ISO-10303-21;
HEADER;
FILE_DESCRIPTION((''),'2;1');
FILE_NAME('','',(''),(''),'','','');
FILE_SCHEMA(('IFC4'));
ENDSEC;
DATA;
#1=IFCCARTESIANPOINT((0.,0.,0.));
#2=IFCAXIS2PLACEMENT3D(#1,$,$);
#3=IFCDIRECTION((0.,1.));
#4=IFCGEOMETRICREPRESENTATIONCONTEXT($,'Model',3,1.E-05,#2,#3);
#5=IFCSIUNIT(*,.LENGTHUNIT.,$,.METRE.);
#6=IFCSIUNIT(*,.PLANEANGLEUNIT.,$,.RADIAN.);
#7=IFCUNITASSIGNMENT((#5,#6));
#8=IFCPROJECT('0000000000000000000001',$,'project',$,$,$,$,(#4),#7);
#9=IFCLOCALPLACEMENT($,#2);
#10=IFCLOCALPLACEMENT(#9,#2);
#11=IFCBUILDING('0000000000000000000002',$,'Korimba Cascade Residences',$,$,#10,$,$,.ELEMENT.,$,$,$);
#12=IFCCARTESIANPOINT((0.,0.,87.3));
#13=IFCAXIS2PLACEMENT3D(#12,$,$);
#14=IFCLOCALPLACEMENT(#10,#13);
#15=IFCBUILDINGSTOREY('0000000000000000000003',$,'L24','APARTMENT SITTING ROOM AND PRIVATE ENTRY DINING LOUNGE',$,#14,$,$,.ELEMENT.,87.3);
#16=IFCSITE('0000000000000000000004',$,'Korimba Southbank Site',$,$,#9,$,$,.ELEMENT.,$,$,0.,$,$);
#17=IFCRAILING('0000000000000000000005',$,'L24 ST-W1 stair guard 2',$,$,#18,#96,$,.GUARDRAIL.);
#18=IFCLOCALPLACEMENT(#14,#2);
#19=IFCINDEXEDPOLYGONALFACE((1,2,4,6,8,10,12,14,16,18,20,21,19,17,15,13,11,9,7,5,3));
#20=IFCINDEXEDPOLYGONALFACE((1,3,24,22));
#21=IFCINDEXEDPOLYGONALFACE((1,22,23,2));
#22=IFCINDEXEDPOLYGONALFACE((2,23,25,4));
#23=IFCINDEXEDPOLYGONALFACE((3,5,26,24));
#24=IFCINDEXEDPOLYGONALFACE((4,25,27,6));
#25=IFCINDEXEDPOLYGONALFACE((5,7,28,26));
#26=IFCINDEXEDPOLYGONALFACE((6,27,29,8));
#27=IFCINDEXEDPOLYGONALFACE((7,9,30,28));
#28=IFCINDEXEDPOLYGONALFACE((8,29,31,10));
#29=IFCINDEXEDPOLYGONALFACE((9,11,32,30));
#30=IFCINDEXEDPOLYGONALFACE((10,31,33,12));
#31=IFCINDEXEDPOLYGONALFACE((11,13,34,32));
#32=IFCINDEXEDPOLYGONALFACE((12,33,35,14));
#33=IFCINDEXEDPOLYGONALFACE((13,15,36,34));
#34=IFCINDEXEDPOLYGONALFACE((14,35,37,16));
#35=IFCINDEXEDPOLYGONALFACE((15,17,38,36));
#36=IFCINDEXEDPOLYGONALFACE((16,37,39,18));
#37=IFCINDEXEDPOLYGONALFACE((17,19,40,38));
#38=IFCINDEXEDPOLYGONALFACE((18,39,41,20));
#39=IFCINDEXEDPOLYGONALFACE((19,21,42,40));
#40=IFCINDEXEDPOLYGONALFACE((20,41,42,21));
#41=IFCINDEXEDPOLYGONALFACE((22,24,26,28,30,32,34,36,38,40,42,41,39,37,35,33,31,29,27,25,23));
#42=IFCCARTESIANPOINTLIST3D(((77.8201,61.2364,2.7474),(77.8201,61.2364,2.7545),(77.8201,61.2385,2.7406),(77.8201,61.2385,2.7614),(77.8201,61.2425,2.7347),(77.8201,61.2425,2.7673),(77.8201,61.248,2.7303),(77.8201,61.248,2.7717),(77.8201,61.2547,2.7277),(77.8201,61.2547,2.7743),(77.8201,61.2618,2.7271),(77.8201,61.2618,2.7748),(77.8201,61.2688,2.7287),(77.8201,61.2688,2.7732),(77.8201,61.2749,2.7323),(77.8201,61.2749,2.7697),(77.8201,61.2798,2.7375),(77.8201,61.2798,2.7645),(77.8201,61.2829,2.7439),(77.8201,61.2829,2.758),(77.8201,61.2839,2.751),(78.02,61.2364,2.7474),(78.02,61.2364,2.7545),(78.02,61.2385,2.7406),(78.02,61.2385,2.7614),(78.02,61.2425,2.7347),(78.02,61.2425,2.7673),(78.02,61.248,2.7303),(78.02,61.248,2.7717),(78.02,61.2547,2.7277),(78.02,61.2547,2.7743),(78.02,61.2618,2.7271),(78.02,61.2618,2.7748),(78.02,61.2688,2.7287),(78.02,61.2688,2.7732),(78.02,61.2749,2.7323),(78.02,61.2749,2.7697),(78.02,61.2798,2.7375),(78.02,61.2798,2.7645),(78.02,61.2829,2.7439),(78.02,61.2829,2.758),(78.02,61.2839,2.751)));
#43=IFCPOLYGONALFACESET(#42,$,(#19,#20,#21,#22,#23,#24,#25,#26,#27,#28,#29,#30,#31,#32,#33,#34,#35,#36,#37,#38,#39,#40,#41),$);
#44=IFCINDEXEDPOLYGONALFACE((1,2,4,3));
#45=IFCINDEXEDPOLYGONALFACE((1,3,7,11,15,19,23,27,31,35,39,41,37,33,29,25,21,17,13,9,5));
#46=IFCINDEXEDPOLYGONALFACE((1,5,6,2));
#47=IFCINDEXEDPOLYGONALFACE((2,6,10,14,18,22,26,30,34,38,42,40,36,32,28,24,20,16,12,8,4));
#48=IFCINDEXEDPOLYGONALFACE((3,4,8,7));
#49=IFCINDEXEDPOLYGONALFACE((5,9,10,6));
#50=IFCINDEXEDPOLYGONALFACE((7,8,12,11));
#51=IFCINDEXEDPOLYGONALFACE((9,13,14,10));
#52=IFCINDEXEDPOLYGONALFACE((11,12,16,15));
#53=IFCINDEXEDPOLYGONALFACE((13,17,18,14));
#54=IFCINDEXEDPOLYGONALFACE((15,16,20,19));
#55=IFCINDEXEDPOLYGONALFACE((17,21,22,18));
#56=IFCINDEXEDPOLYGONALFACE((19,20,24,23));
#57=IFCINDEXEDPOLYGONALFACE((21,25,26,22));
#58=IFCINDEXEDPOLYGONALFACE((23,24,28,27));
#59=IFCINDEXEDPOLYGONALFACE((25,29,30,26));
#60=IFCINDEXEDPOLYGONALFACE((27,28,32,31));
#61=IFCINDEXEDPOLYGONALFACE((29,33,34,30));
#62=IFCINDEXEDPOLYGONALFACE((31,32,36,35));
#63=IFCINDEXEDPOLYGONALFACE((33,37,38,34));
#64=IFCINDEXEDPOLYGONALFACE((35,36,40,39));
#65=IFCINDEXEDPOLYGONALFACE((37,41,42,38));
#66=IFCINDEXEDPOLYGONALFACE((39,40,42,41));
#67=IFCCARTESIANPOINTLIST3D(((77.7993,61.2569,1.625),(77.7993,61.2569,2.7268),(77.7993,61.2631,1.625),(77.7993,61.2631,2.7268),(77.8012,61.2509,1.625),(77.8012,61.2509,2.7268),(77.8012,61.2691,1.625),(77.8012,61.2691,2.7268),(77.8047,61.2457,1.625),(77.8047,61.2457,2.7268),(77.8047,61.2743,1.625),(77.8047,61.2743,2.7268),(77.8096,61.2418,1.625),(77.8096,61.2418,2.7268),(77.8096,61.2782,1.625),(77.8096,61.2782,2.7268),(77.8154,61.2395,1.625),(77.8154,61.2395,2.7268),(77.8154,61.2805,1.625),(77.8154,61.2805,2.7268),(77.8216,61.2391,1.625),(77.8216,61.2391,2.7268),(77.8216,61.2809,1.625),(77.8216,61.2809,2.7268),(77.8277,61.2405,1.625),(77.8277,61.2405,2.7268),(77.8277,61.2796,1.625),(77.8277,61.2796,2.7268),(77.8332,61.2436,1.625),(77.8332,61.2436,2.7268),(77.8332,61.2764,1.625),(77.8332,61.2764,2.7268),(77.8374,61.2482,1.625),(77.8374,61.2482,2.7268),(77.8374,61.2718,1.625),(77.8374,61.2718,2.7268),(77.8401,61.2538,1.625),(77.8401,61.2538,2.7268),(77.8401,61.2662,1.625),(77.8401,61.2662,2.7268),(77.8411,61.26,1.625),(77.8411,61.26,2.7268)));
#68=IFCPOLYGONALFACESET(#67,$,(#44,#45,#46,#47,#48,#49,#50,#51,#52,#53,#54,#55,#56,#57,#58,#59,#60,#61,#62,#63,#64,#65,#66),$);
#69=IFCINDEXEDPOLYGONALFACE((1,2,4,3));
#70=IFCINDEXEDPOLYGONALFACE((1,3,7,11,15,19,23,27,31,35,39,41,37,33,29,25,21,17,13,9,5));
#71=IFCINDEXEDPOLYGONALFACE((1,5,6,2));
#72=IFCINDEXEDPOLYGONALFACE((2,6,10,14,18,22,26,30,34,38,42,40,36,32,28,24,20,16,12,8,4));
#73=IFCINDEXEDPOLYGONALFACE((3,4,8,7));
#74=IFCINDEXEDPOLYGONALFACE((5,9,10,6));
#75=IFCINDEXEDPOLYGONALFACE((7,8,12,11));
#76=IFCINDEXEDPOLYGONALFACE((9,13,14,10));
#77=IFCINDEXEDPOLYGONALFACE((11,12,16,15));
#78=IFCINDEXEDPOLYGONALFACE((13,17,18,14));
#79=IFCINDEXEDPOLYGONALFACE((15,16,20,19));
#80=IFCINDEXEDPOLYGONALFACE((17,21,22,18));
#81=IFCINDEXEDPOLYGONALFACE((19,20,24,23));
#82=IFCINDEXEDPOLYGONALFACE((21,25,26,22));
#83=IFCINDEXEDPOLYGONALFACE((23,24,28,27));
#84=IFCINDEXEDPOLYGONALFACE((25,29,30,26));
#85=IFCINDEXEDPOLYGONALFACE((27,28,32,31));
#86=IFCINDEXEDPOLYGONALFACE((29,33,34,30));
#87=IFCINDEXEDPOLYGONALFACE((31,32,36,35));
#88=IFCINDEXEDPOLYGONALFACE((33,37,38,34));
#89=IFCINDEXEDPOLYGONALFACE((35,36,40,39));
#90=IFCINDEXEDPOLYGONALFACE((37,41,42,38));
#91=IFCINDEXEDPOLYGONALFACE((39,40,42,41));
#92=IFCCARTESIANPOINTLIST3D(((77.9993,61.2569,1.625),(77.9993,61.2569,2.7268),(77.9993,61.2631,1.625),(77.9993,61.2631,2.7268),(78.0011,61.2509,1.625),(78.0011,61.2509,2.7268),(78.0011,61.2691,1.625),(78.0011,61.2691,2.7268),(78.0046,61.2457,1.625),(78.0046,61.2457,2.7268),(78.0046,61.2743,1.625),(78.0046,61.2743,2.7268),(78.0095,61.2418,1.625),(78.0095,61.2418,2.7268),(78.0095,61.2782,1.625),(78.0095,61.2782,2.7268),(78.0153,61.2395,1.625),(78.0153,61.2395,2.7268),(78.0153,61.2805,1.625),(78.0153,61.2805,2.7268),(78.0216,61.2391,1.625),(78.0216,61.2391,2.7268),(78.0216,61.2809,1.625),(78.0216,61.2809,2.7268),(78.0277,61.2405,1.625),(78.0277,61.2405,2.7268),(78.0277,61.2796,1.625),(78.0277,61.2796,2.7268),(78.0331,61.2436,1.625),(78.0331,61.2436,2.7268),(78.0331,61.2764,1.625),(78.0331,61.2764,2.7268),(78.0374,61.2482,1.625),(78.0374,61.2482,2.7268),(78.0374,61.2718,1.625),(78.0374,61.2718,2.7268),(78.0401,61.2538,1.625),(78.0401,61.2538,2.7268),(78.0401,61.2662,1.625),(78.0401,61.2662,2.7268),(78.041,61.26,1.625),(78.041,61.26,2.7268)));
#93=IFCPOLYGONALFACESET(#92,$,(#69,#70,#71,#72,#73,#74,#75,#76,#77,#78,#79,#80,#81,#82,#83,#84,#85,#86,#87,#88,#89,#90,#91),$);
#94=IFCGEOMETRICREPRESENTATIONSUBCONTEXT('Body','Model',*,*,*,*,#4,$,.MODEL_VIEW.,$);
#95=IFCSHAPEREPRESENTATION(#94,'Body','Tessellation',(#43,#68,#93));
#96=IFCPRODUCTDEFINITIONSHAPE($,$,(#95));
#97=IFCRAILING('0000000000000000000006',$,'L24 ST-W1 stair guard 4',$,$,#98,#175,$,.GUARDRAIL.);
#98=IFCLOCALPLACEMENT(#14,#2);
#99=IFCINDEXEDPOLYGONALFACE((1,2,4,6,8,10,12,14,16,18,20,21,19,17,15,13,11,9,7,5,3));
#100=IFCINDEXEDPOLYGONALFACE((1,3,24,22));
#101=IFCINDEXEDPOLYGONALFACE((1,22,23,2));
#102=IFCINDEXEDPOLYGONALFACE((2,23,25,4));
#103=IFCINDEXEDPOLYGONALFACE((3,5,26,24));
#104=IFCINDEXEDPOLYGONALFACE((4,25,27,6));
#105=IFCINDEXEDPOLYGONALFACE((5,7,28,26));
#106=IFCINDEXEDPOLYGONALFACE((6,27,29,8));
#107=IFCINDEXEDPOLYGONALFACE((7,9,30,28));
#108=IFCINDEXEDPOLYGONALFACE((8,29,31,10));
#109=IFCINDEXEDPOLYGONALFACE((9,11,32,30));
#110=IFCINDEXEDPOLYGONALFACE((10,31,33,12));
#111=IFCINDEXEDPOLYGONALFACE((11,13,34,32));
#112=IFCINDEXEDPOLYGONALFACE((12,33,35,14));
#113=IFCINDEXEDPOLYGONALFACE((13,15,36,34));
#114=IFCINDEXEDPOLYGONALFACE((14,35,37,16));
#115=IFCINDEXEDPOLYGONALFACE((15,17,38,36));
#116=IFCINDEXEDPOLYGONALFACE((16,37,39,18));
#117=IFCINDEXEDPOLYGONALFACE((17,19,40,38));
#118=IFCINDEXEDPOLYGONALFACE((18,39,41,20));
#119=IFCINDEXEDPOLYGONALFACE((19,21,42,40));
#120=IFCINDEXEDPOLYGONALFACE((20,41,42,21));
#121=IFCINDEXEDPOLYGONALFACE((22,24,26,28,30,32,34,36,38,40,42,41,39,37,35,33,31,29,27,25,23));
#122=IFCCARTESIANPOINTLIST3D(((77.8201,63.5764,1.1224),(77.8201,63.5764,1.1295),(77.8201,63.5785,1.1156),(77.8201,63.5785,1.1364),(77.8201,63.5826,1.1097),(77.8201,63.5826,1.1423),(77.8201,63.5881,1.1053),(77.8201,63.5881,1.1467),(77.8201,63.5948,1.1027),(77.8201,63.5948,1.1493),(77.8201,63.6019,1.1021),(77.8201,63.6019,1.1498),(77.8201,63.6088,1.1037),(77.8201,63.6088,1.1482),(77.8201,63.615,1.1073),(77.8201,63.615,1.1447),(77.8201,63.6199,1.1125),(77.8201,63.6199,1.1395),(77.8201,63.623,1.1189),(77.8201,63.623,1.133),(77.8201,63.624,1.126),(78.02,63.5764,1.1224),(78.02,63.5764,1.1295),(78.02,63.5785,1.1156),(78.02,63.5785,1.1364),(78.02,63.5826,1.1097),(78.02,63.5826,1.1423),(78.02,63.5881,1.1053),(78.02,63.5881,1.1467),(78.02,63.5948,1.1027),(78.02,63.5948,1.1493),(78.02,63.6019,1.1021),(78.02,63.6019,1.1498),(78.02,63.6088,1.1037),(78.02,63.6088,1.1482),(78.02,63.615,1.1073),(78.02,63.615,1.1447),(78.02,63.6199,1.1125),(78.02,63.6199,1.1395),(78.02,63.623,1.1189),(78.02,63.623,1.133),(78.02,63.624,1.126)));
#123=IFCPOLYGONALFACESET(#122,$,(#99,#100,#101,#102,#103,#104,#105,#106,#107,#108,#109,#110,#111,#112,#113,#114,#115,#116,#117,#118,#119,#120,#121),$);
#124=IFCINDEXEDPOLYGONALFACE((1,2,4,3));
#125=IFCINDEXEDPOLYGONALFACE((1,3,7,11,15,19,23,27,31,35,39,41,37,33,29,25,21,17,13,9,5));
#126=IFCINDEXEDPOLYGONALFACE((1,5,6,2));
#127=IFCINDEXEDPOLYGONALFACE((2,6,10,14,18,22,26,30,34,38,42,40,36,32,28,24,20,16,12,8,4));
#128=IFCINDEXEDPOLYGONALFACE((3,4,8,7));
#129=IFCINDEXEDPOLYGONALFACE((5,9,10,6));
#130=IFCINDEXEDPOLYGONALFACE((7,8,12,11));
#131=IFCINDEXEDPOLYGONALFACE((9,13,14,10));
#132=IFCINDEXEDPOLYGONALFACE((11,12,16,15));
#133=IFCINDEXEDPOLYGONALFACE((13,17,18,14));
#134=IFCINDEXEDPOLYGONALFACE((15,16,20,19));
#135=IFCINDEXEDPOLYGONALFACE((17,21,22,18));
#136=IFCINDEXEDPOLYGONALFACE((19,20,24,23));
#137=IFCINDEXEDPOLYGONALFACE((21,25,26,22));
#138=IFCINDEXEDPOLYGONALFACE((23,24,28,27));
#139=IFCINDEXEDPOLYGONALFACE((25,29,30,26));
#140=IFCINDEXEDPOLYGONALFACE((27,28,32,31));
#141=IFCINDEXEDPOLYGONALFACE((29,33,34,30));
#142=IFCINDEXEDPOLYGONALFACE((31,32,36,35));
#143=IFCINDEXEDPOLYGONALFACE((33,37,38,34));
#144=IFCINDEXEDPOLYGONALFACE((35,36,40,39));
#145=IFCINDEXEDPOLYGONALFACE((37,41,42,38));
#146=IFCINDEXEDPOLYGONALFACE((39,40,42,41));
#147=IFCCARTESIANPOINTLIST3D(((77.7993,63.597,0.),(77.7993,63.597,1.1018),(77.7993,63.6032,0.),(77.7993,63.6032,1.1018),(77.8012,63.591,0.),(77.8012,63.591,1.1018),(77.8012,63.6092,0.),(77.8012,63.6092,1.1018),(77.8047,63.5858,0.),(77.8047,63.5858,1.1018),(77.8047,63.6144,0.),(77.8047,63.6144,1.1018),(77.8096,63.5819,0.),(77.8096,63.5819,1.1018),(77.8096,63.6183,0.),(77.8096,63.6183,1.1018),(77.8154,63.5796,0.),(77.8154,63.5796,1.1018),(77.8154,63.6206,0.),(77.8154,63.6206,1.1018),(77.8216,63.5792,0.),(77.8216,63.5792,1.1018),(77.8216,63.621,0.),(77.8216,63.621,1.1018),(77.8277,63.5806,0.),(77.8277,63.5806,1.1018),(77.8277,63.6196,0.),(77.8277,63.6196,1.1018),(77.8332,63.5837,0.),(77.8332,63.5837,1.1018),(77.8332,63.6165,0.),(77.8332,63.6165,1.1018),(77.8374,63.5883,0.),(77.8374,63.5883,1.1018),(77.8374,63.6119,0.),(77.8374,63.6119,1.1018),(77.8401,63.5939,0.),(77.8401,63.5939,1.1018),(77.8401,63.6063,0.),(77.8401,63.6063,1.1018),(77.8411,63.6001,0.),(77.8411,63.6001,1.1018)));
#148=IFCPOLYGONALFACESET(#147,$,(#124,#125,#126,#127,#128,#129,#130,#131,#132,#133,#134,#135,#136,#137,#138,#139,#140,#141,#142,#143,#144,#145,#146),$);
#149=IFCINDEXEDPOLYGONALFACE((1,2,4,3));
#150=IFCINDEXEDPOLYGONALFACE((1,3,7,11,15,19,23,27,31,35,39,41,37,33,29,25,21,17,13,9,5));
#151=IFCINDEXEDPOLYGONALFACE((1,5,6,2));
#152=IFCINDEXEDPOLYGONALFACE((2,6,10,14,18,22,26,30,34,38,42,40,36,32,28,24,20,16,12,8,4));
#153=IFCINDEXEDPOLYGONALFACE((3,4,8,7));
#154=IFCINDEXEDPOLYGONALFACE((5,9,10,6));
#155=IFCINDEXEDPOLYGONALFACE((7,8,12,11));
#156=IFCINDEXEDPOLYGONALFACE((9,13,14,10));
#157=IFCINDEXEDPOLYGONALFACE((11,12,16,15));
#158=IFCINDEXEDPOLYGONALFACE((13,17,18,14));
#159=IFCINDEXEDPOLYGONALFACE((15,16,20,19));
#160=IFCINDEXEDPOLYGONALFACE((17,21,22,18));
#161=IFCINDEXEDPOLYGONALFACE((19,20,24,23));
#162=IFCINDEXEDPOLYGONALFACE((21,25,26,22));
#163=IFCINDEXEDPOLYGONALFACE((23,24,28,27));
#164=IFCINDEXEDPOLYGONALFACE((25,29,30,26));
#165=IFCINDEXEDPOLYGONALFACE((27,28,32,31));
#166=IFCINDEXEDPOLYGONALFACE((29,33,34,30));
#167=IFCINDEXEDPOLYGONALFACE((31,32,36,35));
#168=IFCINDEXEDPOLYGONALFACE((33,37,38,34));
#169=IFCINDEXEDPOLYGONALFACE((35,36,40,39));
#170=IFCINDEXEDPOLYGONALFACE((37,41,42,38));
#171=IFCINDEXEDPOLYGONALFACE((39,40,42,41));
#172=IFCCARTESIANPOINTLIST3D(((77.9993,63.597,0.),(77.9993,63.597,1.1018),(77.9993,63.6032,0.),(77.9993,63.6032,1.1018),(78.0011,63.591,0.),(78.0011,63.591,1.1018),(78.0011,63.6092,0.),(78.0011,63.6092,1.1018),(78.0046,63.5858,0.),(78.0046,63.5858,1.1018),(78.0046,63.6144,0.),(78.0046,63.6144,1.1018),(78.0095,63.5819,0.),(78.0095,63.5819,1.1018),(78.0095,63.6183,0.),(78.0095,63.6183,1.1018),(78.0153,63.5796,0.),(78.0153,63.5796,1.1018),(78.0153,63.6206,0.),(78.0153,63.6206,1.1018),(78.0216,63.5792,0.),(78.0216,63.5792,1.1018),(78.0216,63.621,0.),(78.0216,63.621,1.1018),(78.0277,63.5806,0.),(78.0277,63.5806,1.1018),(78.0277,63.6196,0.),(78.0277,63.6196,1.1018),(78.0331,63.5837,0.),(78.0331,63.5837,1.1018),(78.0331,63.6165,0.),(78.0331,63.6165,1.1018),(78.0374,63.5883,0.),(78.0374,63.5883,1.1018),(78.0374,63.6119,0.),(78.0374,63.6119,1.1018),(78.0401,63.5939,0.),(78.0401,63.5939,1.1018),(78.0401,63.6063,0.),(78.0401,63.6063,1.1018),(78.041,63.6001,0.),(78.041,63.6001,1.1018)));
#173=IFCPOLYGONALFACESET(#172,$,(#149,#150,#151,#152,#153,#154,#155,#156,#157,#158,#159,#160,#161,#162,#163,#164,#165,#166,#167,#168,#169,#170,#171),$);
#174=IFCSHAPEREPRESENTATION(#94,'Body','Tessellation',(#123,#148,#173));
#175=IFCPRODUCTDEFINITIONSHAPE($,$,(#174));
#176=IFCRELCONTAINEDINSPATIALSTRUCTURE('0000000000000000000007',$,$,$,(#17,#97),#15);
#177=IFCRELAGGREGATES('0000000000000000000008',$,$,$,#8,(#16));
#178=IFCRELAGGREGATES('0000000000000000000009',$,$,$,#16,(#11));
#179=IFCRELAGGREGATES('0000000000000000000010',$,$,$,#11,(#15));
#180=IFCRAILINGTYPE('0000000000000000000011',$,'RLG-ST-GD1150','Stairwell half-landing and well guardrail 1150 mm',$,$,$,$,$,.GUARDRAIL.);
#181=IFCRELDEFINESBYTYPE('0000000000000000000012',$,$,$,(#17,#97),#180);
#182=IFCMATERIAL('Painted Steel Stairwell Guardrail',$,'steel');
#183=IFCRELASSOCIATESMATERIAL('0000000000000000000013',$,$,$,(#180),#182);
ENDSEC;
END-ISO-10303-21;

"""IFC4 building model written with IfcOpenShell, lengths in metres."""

from ifc_helpers import new_model, si_unit, direction, frame, origin, origin_2d, place, context, subcontext, project, spatial, circle, extrude, material, type_object, element, save


model = new_model("IFC4")

# Units and contexts
model_context = context("Model", 3, precision=1e-05, world=origin(), true_north=direction((0.0, 1.0)))
body_context = subcontext(model_context, "Body", "Model", "MODEL_VIEW")
ifc_project = project(units=[si_unit("LENGTHUNIT", "METRE"), si_unit("PLANEANGLEUNIT", "RADIAN")], contexts=[model_context])

# Site, building, storey
site_placement = place(None, origin())
site = spatial("IfcSite", under=ifc_project, at=site_placement, Name="Korimba Southbank Site", CompositionType="ELEMENT", RefElevation=0.0)
building_placement = place(site_placement, origin())
building = spatial("IfcBuilding", under=site, at=building_placement, Name="Korimba Cascade Residences", CompositionType="ELEMENT")
storey_placement = place(building_placement, frame((0.0, 0.0, 87.3)))
storey = spatial("IfcBuildingStorey", under=building, at=storey_placement, Name="L24", Description="APARTMENT SITTING ROOM AND PRIVATE ENTRY DINING LOUNGE", CompositionType="ELEMENT", Elevation=87.3)

# Railings
ifc_material_1 = material(Name="Painted Steel Stairwell Guardrail", Category="steel")
railing_type_1 = type_object("IfcRailingType", Name="RLG-ST-GD1150", Description="Stairwell half-landing and well guardrail 1150 mm", PredefinedType="GUARDRAIL", material=ifc_material_1)
for number, where, name in (
    (1, (77.8201, 61.26, 1.625), "L24 ST-W1 stair guard 2"),
    (2, (77.8201, 63.6001, 0.0), "L24 ST-W1 stair guard 4"),
):
    element("IfcRailing", number, at=place(storey_placement, frame(where)), inside=storey, type_object=railing_type_1, Name=name, PredefinedType="GUARDRAIL", context=body_context, shape_type="SweptSolid", body=[
        extrude(circle(Radius=0.0239, at=origin_2d()), frame((0.0, 0.0, 1.126), z_axis=(1.0, 0.0, 0.0), x_axis=(0.0, 1.0, 0.0)), (0.0, 0.0, 1.0), 0.2),
        extrude(circle(Radius=0.021, at=origin_2d()), origin(), (0.0, 0.0, 1.0), 1.1018),
        extrude(circle(Radius=0.021, at=origin_2d()), frame((0.2, 0.0, 0.0)), (0.0, 0.0, 1.0), 1.1018),
    ])

save(model, "model.ifc")
